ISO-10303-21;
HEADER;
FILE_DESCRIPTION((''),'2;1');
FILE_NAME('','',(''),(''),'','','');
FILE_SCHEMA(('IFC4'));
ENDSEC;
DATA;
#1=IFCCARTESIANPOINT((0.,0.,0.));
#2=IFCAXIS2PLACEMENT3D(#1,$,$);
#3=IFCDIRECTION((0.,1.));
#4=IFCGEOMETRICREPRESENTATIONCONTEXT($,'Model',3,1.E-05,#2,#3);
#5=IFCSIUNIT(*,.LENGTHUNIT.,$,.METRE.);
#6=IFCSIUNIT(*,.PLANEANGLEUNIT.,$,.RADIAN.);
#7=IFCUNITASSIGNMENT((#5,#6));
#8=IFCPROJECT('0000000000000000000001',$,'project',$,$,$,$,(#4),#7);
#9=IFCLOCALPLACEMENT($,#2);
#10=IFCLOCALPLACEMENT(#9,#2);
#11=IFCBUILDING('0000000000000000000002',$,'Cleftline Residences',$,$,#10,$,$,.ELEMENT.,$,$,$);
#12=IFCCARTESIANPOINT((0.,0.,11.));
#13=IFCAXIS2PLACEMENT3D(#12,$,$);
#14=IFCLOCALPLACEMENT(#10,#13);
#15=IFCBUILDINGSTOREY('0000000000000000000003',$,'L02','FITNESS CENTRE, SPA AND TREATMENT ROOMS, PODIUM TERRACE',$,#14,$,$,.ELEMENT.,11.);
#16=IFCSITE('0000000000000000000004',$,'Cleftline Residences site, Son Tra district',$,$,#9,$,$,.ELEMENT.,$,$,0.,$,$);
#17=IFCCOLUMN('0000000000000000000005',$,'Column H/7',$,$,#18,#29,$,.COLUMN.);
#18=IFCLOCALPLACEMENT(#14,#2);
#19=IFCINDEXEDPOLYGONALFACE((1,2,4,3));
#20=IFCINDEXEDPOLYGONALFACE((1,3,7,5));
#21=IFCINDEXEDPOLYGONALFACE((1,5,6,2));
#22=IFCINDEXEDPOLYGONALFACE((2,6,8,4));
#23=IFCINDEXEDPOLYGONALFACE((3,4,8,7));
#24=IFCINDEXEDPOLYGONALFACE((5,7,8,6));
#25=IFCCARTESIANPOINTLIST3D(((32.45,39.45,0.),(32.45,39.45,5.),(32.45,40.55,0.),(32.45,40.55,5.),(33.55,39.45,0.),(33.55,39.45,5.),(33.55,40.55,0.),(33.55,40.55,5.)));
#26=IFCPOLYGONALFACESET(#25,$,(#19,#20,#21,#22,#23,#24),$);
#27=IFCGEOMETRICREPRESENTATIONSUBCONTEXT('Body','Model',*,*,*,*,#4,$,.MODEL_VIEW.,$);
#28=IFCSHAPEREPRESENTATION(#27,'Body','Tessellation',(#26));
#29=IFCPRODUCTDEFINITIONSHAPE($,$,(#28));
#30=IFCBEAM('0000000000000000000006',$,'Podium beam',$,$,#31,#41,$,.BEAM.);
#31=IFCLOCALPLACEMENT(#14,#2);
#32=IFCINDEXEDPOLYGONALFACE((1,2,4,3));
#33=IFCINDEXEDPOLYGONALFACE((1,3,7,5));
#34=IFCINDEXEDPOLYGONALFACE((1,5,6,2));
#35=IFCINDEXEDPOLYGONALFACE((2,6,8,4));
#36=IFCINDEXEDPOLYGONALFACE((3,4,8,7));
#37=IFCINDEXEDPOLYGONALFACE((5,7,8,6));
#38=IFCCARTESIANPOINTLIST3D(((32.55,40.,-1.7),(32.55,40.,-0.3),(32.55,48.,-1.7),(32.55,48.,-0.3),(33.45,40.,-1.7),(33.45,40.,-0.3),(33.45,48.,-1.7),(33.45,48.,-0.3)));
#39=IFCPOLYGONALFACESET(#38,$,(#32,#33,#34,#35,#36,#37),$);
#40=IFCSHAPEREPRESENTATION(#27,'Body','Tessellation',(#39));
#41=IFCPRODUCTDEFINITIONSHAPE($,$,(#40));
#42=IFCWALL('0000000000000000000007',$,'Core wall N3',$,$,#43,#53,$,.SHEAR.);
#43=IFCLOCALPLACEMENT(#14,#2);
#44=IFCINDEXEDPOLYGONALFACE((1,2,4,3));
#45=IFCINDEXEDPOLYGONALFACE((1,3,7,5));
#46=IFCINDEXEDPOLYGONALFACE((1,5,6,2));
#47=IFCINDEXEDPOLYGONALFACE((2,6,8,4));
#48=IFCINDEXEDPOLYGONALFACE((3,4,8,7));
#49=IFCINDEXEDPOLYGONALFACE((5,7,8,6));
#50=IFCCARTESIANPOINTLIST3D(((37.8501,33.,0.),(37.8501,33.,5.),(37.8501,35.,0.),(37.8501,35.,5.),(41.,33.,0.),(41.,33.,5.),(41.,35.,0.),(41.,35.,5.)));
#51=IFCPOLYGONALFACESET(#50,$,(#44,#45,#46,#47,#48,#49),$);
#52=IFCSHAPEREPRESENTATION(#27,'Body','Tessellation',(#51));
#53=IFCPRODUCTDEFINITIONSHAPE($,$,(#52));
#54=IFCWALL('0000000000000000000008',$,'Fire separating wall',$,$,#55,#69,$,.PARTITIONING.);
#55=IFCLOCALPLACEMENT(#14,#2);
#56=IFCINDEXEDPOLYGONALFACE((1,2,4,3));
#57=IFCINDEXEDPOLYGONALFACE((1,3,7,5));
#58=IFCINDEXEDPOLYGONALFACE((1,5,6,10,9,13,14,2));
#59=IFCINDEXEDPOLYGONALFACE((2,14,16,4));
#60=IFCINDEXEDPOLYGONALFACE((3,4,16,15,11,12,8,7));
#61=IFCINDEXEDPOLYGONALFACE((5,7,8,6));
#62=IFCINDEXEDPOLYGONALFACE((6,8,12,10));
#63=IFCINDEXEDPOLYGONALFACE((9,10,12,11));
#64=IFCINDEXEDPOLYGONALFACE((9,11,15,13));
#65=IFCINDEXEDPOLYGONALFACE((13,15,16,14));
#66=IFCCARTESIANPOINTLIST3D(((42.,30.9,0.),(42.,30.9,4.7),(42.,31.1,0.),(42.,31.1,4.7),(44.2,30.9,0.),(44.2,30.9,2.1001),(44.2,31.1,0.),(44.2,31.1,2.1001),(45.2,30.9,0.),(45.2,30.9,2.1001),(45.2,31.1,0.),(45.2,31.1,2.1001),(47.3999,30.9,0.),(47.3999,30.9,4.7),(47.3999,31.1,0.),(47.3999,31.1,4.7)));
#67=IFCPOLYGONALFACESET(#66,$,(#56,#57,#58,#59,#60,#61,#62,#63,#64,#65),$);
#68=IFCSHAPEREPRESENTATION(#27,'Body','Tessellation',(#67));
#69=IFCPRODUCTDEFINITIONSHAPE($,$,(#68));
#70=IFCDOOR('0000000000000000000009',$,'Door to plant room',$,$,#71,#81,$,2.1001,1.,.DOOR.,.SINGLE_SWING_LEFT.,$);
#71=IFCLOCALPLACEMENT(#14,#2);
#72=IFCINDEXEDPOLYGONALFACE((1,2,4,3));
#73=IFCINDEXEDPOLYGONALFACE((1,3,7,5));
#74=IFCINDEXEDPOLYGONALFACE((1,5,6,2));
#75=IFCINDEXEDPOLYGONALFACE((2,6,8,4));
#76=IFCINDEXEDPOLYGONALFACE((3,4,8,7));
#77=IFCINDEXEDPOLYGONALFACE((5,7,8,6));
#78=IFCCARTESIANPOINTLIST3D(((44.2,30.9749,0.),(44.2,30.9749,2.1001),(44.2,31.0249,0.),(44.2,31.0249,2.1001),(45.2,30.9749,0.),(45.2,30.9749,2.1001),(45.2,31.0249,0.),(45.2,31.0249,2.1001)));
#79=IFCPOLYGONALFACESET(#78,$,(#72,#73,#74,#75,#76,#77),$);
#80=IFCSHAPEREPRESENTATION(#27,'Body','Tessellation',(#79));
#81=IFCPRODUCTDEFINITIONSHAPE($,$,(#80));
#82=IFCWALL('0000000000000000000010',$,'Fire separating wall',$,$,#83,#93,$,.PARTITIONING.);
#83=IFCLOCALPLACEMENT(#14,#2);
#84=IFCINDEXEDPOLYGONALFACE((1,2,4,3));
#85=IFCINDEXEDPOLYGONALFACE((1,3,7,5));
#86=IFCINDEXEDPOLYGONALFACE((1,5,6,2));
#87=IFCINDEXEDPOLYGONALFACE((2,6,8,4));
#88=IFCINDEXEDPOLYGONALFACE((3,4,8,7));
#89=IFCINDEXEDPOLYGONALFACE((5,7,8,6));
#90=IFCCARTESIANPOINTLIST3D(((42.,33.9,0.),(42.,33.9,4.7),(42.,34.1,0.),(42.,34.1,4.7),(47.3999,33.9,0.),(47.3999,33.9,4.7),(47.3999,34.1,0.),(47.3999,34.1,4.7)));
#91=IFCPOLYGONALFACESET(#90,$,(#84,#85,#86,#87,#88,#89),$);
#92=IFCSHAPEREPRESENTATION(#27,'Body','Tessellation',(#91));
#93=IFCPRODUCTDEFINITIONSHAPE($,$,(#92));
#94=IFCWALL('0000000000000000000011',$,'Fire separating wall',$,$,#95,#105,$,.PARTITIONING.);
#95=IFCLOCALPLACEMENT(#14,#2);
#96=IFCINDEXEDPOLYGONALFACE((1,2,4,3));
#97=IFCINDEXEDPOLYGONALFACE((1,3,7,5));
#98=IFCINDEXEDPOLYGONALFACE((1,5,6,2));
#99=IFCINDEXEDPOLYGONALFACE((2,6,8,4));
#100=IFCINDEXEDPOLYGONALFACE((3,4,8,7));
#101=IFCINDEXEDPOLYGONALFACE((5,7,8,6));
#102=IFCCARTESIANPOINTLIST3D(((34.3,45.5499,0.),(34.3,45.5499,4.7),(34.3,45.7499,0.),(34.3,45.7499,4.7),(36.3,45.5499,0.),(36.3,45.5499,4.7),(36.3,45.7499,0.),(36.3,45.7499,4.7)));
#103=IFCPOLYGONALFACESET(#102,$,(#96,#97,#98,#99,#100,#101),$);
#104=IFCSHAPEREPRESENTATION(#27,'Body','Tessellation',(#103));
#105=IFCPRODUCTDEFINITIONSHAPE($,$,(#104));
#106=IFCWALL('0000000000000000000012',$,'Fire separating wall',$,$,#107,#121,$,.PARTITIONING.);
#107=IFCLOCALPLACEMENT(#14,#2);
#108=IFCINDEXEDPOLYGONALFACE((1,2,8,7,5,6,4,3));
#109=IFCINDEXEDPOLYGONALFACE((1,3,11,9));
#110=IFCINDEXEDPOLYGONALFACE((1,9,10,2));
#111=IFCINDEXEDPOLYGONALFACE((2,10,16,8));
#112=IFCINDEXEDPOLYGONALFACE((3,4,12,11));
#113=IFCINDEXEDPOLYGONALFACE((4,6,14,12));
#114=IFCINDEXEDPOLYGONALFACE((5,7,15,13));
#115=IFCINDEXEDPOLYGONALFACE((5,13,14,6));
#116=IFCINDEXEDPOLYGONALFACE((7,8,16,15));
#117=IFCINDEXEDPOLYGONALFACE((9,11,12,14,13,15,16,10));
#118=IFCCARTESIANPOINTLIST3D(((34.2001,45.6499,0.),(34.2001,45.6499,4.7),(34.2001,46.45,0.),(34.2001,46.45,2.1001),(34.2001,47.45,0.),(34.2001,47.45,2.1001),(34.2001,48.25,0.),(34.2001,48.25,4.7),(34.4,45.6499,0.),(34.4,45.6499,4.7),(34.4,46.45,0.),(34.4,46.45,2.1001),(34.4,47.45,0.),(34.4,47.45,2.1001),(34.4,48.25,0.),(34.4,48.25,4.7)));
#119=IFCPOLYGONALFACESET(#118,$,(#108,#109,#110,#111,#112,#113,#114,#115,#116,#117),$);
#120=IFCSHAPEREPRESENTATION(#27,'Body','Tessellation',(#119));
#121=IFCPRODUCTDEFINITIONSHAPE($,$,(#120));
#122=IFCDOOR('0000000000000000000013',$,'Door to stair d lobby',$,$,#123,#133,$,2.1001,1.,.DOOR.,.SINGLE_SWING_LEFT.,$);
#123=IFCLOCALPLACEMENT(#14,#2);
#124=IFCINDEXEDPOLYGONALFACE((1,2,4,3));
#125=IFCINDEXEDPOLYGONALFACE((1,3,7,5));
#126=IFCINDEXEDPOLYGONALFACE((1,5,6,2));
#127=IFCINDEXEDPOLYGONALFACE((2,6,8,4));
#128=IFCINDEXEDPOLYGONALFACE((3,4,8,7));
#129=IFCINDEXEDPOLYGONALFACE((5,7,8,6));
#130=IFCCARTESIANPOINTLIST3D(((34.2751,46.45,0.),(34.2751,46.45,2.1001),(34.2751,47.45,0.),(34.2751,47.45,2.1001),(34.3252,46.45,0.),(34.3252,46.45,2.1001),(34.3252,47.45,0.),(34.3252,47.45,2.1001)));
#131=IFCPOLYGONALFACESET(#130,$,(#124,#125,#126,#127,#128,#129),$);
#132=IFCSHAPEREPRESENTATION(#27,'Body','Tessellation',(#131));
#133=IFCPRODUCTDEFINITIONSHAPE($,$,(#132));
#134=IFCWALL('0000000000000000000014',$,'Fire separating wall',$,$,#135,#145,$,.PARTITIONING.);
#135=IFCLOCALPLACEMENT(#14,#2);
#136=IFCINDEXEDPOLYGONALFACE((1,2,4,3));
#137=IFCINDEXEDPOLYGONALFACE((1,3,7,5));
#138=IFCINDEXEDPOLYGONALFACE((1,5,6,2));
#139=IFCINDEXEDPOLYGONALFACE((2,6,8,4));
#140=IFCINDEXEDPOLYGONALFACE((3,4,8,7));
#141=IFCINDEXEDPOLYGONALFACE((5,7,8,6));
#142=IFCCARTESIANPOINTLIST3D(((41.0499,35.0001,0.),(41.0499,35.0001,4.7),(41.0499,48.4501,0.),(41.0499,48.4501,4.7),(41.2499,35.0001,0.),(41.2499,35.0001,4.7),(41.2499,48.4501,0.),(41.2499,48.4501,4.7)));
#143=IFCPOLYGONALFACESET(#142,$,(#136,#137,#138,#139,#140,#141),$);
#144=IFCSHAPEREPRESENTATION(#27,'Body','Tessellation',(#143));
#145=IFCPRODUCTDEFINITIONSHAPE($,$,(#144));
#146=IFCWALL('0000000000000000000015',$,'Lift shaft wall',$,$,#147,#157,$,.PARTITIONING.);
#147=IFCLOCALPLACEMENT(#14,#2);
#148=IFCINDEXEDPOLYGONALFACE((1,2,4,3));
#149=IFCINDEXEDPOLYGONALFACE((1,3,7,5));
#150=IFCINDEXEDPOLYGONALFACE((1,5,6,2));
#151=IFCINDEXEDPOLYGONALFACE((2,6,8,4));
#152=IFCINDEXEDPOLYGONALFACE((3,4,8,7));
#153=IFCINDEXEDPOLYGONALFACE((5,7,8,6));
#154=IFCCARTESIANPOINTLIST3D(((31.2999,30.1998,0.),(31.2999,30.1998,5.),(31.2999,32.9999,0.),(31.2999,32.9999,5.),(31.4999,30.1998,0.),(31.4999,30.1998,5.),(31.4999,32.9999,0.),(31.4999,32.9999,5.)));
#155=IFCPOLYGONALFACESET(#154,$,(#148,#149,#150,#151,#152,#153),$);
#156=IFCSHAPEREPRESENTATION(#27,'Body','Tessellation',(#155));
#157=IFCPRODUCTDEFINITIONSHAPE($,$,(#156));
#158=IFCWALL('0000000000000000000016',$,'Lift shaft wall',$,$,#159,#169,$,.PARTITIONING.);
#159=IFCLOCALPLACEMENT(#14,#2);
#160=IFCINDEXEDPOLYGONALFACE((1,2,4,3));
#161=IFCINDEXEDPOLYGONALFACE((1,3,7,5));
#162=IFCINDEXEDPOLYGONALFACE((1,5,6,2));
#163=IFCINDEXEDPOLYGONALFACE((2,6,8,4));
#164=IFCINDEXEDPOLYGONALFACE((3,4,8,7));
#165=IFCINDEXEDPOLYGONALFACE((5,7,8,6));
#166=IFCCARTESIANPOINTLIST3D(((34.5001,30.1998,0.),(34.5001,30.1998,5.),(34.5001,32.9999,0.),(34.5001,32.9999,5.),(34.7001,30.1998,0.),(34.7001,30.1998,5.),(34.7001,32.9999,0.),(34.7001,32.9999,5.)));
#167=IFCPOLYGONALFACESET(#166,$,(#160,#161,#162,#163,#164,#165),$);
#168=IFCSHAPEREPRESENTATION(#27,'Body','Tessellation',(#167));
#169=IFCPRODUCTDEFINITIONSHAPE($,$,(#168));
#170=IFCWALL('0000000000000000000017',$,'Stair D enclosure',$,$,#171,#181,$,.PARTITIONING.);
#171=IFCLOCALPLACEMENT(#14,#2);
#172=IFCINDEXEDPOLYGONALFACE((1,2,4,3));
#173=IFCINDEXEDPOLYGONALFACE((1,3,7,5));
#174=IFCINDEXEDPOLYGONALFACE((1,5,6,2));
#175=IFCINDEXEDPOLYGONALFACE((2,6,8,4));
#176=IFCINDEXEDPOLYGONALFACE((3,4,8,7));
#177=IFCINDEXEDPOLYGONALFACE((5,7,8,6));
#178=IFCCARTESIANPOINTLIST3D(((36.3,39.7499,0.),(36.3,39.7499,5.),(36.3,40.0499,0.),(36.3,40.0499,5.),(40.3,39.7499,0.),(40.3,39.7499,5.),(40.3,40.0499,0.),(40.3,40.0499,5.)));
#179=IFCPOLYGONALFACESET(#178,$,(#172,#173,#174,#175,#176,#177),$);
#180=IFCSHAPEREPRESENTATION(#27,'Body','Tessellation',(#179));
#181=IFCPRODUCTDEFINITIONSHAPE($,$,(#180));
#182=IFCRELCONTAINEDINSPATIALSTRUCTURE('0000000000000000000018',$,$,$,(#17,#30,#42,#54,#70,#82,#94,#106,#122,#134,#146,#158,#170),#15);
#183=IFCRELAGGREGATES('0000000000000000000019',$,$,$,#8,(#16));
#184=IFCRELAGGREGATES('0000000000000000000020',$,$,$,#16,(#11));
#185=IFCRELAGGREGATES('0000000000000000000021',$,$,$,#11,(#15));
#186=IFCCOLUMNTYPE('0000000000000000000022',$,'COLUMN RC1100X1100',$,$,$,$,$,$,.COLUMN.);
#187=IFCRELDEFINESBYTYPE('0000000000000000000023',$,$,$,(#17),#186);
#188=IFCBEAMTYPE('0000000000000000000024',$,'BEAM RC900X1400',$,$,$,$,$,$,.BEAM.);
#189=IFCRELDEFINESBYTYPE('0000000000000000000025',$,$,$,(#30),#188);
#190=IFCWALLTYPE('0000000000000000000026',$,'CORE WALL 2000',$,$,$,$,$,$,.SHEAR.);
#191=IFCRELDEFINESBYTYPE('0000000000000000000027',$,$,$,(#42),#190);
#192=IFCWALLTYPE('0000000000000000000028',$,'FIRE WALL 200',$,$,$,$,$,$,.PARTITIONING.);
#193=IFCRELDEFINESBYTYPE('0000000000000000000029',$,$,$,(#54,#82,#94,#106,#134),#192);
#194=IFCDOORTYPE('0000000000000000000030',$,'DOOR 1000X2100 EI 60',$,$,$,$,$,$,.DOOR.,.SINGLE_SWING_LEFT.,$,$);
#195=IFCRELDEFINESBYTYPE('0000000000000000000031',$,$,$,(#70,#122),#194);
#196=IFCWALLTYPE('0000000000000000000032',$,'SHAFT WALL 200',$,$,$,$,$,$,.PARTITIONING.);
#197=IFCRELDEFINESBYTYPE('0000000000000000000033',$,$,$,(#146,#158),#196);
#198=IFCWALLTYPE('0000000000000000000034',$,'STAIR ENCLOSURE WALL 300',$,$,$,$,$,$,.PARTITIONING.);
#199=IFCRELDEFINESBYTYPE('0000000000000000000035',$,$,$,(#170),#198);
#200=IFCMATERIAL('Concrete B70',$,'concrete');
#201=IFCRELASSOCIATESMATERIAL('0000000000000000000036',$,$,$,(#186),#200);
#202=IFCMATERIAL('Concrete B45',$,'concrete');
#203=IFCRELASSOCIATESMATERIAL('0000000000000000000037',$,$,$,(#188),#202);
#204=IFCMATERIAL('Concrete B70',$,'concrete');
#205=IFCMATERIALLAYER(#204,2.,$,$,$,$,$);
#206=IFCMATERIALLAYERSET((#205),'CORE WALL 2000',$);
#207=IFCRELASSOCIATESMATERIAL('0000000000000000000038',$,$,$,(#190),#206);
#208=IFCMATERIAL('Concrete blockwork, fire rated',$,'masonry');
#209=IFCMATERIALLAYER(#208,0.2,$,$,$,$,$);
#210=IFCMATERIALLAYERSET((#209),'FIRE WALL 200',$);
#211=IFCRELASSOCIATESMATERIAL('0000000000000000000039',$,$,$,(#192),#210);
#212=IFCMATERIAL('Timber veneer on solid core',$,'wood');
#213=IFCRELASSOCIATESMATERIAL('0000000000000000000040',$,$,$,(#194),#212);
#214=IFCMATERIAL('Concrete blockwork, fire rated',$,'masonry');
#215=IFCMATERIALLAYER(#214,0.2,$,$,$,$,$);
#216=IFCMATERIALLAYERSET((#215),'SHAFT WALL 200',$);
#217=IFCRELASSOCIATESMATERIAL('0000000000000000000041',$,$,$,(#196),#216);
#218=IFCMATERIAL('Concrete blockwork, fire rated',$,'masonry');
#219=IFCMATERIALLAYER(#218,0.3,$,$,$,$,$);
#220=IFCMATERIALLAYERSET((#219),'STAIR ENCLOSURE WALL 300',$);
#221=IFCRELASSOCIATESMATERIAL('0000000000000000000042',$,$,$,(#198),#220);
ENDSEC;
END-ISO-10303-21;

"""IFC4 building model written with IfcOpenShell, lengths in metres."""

from ifc_helpers import new_model, si_unit, direction, frame, frame_2d, origin, origin_2d, place, context, subcontext, project, spatial, rectangle, extrude, material, layer, layer_set, material_profile, profile_set, type_object, element, fill, save


model = new_model("IFC4")

# Units and contexts
model_context = context("Model", 3, precision=1e-05, world=origin(), true_north=direction((0.0, 1.0)))
body_context = subcontext(model_context, "Body", "Model", "MODEL_VIEW")
ifc_project = project(units=[si_unit("LENGTHUNIT", "METRE"), si_unit("PLANEANGLEUNIT", "RADIAN")], contexts=[model_context])

# Site, building, storey
site_placement = place(None, origin())
site = spatial("IfcSite", under=ifc_project, at=site_placement, Name="Cleftline Residences site, Son Tra district", CompositionType="ELEMENT", RefElevation=0.0)
building_placement = place(site_placement, origin())
building = spatial("IfcBuilding", under=site, at=building_placement, Name="Cleftline Residences", CompositionType="ELEMENT")
storey_placement = place(building_placement, frame((0.0, 0.0, 11.0)))
storey = spatial("IfcBuildingStorey", under=building, at=storey_placement, Name="L02", Description="FITNESS CENTRE, SPA AND TREATMENT ROOMS, PODIUM TERRACE", CompositionType="ELEMENT", Elevation=11.0)

# Column
ifc_material_1 = material(Name="Concrete B70", Category="concrete")
ifc_material_profile_1 = material_profile(ifc_material_1, rectangle(XDim=1.1001, YDim=1.1001, at=origin_2d()))
ifc_profile_set_1 = profile_set([ifc_material_profile_1], Name="Concrete B70")
column_type = type_object("IfcColumnType", Name="COLUMN RC1100X1100", PredefinedType="COLUMN", material=ifc_profile_set_1)
column_placement = place(storey_placement, frame((33.0, 40.0, 0.0), z_axis=(0.0, 0.0, 1.0), x_axis=(1.0, 0.0, 0.0)))
element("IfcColumn", 1, at=column_placement, inside=storey, type_object=column_type, Name="Column H/7", PredefinedType="COLUMN", context=body_context, shape_type="SweptSolid", body=[
    extrude(rectangle(XDim=1.1001, YDim=1.1001, at=origin_2d()), origin(), (0.0, 0.0, 1.0), 5.0),
])

# Beam
ifc_material_2 = material(Name="Concrete B45", Category="concrete")
ifc_material_profile_2 = material_profile(ifc_material_2, rectangle(XDim=0.8999, YDim=1.3999, at=origin_2d()))
ifc_profile_set_2 = profile_set([ifc_material_profile_2], Name="Concrete B45")
beam_type = type_object("IfcBeamType", Name="BEAM RC900X1400", PredefinedType="BEAM", material=ifc_profile_set_2)
beam_placement = place(storey_placement, frame((33.0, 40.0, -1.0), z_axis=(0.0, 1.0, 0.0), x_axis=(-1.0, 0.0, 0.0)))
element("IfcBeam", 2, at=beam_placement, inside=storey, type_object=beam_type, Name="Podium beam", PredefinedType="BEAM", context=body_context, shape_type="SweptSolid", body=[
    extrude(rectangle(XDim=0.8999, YDim=1.3999, at=origin_2d()), origin(), (0.0, 0.0, 1.0), 8.0),
])

# Wall
ifc_material_3 = material(Name="Concrete B70", Category="concrete")
ifc_layer_1 = layer(ifc_material_3, 2.0)
ifc_layer_set_1 = layer_set([ifc_layer_1], Name="CORE WALL 2000")
wall_type_1 = type_object("IfcWallType", Name="CORE WALL 2000", PredefinedType="SHEAR", material=ifc_layer_set_1)
wall_1_placement = place(storey_placement, frame((37.8501, 34.0, 0.0), z_axis=(0.0, 0.0, 1.0), x_axis=(1.0, 0.0, 0.0)))
element("IfcWall", 3, at=wall_1_placement, inside=storey, type_object=wall_type_1, Name="Core wall N3", PredefinedType="SHEAR", context=body_context, shape_type="SweptSolid", body=[
    extrude(rectangle(XDim=3.1499, YDim=2.0, at=frame_2d((1.575, 0.0))), origin(), (0.0, 0.0, 1.0), 5.0),
])

# Wall, opening, door
ifc_material_4 = material(Name="Concrete blockwork, fire rated", Category="masonry")
ifc_layer_2 = layer(ifc_material_4, 0.2)
ifc_layer_set_2 = layer_set([ifc_layer_2], Name="FIRE WALL 200")
wall_type_2 = type_object("IfcWallType", Name="FIRE WALL 200", PredefinedType="PARTITIONING", material=ifc_layer_set_2)
wall_2_placement = place(storey_placement, frame((42.0, 31.0, 0.0), z_axis=(0.0, 0.0, 1.0), x_axis=(1.0, 0.0, 0.0)))
wall_2 = element("IfcWall", 4, at=wall_2_placement, inside=storey, type_object=wall_type_2, Name="Fire separating wall", PredefinedType="PARTITIONING", context=body_context, shape_type="SweptSolid", body=[
    extrude(rectangle(XDim=5.3999, YDim=0.2, at=frame_2d((2.7, 0.0))), origin(), (0.0, 0.0, 1.0), 4.7),
])
opening_1_placement = place(wall_2_placement, frame((2.2, 0.0, 0.0)))
opening_1 = element("IfcOpeningElement", 5, at=opening_1_placement, cuts=wall_2, PredefinedType="OPENING", context=body_context, shape_type="SweptSolid", body=[
    extrude(rectangle(XDim=1.0, YDim=2.1001, at=frame_2d((0.5, 1.05))), frame((0.0, 0.1099, 0.0), z_axis=(0.0, -1.0, 0.0), x_axis=(1.0, 0.0, 0.0)), (0.0, 0.0, 1.0), 0.22),
])
ifc_material_5 = material(Name="Timber veneer on solid core", Category="wood")
door_type_1 = type_object("IfcDoorType", Name="DOOR 1000X2100 EI 60", OperationType="SINGLE_SWING_LEFT", PredefinedType="DOOR", material=ifc_material_5)
door_1_placement = place(opening_1_placement, origin())
door_1 = element("IfcDoor", 6, at=door_1_placement, inside=storey, type_object=door_type_1, Name="Door to plant room", OperationType="SINGLE_SWING_LEFT", OverallHeight=2.1001, OverallWidth=1.0, PredefinedType="DOOR", context=body_context, shape_type="SweptSolid", body=[
    extrude(rectangle(XDim=1.0, YDim=2.1001, at=frame_2d((0.5, 1.05))), frame((0.0, 0.0249, 0.0), z_axis=(0.0, -1.0, 0.0), x_axis=(1.0, 0.0, 0.0)), (0.0, 0.0, 1.0), 0.05),
])
fill(opening_1, door_1)

# Walls
wall_3_placement = place(storey_placement, frame((42.0, 34.0, 0.0), z_axis=(0.0, 0.0, 1.0), x_axis=(1.0, 0.0, 0.0)))
element("IfcWall", 7, at=wall_3_placement, inside=storey, type_object=wall_type_2, Name="Fire separating wall", PredefinedType="PARTITIONING", context=body_context, shape_type="SweptSolid", body=[
    extrude(rectangle(XDim=5.3999, YDim=0.2, at=frame_2d((2.7, 0.0))), origin(), (0.0, 0.0, 1.0), 4.7),
])
wall_4_placement = place(storey_placement, frame((34.3, 45.6499, 0.0), z_axis=(0.0, 0.0, 1.0), x_axis=(1.0, 0.0, 0.0)))
element("IfcWall", 8, at=wall_4_placement, inside=storey, type_object=wall_type_2, Name="Fire separating wall", PredefinedType="PARTITIONING", context=body_context, shape_type="SweptSolid", body=[
    extrude(rectangle(XDim=2.0, YDim=0.2, at=frame_2d((1.0, 0.0))), origin(), (0.0, 0.0, 1.0), 4.7),
])

# Wall, opening, door
wall_5_placement = place(storey_placement, frame((34.3, 45.6499, 0.0), z_axis=(0.0, 0.0, 1.0), x_axis=(0.0, 1.0, 0.0)))
wall_5 = element("IfcWall", 9, at=wall_5_placement, inside=storey, type_object=wall_type_2, Name="Fire separating wall", PredefinedType="PARTITIONING", context=body_context, shape_type="SweptSolid", body=[
    extrude(rectangle(XDim=2.6001, YDim=0.2, at=frame_2d((1.3, 0.0))), origin(), (0.0, 0.0, 1.0), 4.7),
])
opening_2_placement = place(wall_5_placement, frame((0.8, 0.0, 0.0)))
opening_2 = element("IfcOpeningElement", 10, at=opening_2_placement, cuts=wall_5, PredefinedType="OPENING", context=body_context, shape_type="SweptSolid", body=[
    extrude(rectangle(XDim=1.0, YDim=2.1001, at=frame_2d((0.5, 1.05))), frame((0.0, 0.1099, 0.0), z_axis=(0.0, -1.0, 0.0), x_axis=(1.0, 0.0, 0.0)), (0.0, 0.0, 1.0), 0.22),
])
door_2_placement = place(opening_2_placement, origin())
door_2 = element("IfcDoor", 11, at=door_2_placement, inside=storey, type_object=door_type_1, Name="Door to stair d lobby", OperationType="SINGLE_SWING_LEFT", OverallHeight=2.1001, OverallWidth=1.0, PredefinedType="DOOR", context=body_context, shape_type="SweptSolid", body=[
    extrude(rectangle(XDim=1.0, YDim=2.1001, at=frame_2d((0.5, 1.05))), frame((0.0, 0.0249, 0.0), z_axis=(0.0, -1.0, 0.0), x_axis=(1.0, 0.0, 0.0)), (0.0, 0.0, 1.0), 0.05),
])
fill(opening_2, door_2)

# Walls
wall_6_placement = place(storey_placement, frame((41.1499, 35.0, 0.0), z_axis=(0.0, 0.0, 1.0), x_axis=(0.0, 1.0, 0.0)))
element("IfcWall", 12, at=wall_6_placement, inside=storey, type_object=wall_type_2, Name="Fire separating wall", PredefinedType="PARTITIONING", context=body_context, shape_type="SweptSolid", body=[
    extrude(rectangle(XDim=13.45, YDim=0.2, at=frame_2d((6.7251, 0.0))), origin(), (0.0, 0.0, 1.0), 4.7),
])
ifc_material_6 = material(Name="Concrete blockwork, fire rated", Category="masonry")
ifc_layer_3 = layer(ifc_material_6, 0.2)
ifc_layer_set_3 = layer_set([ifc_layer_3], Name="SHAFT WALL 200")
wall_type_3 = type_object("IfcWallType", Name="SHAFT WALL 200", PredefinedType="PARTITIONING", material=ifc_layer_set_3)
for number, where, z_axis, x_axis, name in (
    (13, (31.3999, 30.2, 0.0), (0.0, 0.0, 1.0), (0.0, 1.0, 0.0), "Lift shaft wall"),
    (14, (34.6001, 30.2, 0.0), (0.0, 0.0, 1.0), (0.0, 1.0, 0.0), "Lift shaft wall"),
):
    element("IfcWall", number, at=place(storey_placement, frame(where, z_axis=z_axis, x_axis=x_axis)), inside=storey, type_object=wall_type_3, Name=name, PredefinedType="PARTITIONING", context=body_context, shape_type="SweptSolid", body=[
        extrude(rectangle(XDim=2.8, YDim=0.2, at=frame_2d((1.3999, 0.0))), origin(), (0.0, 0.0, 1.0), 5.0),
    ])
ifc_material_7 = material(Name="Concrete blockwork, fire rated", Category="masonry")
ifc_layer_4 = layer(ifc_material_7, 0.3)
ifc_layer_set_4 = layer_set([ifc_layer_4], Name="STAIR ENCLOSURE WALL 300")
wall_type_4 = type_object("IfcWallType", Name="STAIR ENCLOSURE WALL 300", PredefinedType="PARTITIONING", material=ifc_layer_set_4)
wall_7_placement = place(storey_placement, frame((36.3, 39.8999, 0.0), z_axis=(0.0, 0.0, 1.0), x_axis=(1.0, 0.0, 0.0)))
element("IfcWall", 15, at=wall_7_placement, inside=storey, type_object=wall_type_4, Name="Stair D enclosure", PredefinedType="PARTITIONING", context=body_context, shape_type="SweptSolid", body=[
    extrude(rectangle(XDim=4.0, YDim=0.3, at=frame_2d((2.0, 0.0))), origin(), (0.0, 0.0, 1.0), 5.0),
])

save(model, "model.ifc")
